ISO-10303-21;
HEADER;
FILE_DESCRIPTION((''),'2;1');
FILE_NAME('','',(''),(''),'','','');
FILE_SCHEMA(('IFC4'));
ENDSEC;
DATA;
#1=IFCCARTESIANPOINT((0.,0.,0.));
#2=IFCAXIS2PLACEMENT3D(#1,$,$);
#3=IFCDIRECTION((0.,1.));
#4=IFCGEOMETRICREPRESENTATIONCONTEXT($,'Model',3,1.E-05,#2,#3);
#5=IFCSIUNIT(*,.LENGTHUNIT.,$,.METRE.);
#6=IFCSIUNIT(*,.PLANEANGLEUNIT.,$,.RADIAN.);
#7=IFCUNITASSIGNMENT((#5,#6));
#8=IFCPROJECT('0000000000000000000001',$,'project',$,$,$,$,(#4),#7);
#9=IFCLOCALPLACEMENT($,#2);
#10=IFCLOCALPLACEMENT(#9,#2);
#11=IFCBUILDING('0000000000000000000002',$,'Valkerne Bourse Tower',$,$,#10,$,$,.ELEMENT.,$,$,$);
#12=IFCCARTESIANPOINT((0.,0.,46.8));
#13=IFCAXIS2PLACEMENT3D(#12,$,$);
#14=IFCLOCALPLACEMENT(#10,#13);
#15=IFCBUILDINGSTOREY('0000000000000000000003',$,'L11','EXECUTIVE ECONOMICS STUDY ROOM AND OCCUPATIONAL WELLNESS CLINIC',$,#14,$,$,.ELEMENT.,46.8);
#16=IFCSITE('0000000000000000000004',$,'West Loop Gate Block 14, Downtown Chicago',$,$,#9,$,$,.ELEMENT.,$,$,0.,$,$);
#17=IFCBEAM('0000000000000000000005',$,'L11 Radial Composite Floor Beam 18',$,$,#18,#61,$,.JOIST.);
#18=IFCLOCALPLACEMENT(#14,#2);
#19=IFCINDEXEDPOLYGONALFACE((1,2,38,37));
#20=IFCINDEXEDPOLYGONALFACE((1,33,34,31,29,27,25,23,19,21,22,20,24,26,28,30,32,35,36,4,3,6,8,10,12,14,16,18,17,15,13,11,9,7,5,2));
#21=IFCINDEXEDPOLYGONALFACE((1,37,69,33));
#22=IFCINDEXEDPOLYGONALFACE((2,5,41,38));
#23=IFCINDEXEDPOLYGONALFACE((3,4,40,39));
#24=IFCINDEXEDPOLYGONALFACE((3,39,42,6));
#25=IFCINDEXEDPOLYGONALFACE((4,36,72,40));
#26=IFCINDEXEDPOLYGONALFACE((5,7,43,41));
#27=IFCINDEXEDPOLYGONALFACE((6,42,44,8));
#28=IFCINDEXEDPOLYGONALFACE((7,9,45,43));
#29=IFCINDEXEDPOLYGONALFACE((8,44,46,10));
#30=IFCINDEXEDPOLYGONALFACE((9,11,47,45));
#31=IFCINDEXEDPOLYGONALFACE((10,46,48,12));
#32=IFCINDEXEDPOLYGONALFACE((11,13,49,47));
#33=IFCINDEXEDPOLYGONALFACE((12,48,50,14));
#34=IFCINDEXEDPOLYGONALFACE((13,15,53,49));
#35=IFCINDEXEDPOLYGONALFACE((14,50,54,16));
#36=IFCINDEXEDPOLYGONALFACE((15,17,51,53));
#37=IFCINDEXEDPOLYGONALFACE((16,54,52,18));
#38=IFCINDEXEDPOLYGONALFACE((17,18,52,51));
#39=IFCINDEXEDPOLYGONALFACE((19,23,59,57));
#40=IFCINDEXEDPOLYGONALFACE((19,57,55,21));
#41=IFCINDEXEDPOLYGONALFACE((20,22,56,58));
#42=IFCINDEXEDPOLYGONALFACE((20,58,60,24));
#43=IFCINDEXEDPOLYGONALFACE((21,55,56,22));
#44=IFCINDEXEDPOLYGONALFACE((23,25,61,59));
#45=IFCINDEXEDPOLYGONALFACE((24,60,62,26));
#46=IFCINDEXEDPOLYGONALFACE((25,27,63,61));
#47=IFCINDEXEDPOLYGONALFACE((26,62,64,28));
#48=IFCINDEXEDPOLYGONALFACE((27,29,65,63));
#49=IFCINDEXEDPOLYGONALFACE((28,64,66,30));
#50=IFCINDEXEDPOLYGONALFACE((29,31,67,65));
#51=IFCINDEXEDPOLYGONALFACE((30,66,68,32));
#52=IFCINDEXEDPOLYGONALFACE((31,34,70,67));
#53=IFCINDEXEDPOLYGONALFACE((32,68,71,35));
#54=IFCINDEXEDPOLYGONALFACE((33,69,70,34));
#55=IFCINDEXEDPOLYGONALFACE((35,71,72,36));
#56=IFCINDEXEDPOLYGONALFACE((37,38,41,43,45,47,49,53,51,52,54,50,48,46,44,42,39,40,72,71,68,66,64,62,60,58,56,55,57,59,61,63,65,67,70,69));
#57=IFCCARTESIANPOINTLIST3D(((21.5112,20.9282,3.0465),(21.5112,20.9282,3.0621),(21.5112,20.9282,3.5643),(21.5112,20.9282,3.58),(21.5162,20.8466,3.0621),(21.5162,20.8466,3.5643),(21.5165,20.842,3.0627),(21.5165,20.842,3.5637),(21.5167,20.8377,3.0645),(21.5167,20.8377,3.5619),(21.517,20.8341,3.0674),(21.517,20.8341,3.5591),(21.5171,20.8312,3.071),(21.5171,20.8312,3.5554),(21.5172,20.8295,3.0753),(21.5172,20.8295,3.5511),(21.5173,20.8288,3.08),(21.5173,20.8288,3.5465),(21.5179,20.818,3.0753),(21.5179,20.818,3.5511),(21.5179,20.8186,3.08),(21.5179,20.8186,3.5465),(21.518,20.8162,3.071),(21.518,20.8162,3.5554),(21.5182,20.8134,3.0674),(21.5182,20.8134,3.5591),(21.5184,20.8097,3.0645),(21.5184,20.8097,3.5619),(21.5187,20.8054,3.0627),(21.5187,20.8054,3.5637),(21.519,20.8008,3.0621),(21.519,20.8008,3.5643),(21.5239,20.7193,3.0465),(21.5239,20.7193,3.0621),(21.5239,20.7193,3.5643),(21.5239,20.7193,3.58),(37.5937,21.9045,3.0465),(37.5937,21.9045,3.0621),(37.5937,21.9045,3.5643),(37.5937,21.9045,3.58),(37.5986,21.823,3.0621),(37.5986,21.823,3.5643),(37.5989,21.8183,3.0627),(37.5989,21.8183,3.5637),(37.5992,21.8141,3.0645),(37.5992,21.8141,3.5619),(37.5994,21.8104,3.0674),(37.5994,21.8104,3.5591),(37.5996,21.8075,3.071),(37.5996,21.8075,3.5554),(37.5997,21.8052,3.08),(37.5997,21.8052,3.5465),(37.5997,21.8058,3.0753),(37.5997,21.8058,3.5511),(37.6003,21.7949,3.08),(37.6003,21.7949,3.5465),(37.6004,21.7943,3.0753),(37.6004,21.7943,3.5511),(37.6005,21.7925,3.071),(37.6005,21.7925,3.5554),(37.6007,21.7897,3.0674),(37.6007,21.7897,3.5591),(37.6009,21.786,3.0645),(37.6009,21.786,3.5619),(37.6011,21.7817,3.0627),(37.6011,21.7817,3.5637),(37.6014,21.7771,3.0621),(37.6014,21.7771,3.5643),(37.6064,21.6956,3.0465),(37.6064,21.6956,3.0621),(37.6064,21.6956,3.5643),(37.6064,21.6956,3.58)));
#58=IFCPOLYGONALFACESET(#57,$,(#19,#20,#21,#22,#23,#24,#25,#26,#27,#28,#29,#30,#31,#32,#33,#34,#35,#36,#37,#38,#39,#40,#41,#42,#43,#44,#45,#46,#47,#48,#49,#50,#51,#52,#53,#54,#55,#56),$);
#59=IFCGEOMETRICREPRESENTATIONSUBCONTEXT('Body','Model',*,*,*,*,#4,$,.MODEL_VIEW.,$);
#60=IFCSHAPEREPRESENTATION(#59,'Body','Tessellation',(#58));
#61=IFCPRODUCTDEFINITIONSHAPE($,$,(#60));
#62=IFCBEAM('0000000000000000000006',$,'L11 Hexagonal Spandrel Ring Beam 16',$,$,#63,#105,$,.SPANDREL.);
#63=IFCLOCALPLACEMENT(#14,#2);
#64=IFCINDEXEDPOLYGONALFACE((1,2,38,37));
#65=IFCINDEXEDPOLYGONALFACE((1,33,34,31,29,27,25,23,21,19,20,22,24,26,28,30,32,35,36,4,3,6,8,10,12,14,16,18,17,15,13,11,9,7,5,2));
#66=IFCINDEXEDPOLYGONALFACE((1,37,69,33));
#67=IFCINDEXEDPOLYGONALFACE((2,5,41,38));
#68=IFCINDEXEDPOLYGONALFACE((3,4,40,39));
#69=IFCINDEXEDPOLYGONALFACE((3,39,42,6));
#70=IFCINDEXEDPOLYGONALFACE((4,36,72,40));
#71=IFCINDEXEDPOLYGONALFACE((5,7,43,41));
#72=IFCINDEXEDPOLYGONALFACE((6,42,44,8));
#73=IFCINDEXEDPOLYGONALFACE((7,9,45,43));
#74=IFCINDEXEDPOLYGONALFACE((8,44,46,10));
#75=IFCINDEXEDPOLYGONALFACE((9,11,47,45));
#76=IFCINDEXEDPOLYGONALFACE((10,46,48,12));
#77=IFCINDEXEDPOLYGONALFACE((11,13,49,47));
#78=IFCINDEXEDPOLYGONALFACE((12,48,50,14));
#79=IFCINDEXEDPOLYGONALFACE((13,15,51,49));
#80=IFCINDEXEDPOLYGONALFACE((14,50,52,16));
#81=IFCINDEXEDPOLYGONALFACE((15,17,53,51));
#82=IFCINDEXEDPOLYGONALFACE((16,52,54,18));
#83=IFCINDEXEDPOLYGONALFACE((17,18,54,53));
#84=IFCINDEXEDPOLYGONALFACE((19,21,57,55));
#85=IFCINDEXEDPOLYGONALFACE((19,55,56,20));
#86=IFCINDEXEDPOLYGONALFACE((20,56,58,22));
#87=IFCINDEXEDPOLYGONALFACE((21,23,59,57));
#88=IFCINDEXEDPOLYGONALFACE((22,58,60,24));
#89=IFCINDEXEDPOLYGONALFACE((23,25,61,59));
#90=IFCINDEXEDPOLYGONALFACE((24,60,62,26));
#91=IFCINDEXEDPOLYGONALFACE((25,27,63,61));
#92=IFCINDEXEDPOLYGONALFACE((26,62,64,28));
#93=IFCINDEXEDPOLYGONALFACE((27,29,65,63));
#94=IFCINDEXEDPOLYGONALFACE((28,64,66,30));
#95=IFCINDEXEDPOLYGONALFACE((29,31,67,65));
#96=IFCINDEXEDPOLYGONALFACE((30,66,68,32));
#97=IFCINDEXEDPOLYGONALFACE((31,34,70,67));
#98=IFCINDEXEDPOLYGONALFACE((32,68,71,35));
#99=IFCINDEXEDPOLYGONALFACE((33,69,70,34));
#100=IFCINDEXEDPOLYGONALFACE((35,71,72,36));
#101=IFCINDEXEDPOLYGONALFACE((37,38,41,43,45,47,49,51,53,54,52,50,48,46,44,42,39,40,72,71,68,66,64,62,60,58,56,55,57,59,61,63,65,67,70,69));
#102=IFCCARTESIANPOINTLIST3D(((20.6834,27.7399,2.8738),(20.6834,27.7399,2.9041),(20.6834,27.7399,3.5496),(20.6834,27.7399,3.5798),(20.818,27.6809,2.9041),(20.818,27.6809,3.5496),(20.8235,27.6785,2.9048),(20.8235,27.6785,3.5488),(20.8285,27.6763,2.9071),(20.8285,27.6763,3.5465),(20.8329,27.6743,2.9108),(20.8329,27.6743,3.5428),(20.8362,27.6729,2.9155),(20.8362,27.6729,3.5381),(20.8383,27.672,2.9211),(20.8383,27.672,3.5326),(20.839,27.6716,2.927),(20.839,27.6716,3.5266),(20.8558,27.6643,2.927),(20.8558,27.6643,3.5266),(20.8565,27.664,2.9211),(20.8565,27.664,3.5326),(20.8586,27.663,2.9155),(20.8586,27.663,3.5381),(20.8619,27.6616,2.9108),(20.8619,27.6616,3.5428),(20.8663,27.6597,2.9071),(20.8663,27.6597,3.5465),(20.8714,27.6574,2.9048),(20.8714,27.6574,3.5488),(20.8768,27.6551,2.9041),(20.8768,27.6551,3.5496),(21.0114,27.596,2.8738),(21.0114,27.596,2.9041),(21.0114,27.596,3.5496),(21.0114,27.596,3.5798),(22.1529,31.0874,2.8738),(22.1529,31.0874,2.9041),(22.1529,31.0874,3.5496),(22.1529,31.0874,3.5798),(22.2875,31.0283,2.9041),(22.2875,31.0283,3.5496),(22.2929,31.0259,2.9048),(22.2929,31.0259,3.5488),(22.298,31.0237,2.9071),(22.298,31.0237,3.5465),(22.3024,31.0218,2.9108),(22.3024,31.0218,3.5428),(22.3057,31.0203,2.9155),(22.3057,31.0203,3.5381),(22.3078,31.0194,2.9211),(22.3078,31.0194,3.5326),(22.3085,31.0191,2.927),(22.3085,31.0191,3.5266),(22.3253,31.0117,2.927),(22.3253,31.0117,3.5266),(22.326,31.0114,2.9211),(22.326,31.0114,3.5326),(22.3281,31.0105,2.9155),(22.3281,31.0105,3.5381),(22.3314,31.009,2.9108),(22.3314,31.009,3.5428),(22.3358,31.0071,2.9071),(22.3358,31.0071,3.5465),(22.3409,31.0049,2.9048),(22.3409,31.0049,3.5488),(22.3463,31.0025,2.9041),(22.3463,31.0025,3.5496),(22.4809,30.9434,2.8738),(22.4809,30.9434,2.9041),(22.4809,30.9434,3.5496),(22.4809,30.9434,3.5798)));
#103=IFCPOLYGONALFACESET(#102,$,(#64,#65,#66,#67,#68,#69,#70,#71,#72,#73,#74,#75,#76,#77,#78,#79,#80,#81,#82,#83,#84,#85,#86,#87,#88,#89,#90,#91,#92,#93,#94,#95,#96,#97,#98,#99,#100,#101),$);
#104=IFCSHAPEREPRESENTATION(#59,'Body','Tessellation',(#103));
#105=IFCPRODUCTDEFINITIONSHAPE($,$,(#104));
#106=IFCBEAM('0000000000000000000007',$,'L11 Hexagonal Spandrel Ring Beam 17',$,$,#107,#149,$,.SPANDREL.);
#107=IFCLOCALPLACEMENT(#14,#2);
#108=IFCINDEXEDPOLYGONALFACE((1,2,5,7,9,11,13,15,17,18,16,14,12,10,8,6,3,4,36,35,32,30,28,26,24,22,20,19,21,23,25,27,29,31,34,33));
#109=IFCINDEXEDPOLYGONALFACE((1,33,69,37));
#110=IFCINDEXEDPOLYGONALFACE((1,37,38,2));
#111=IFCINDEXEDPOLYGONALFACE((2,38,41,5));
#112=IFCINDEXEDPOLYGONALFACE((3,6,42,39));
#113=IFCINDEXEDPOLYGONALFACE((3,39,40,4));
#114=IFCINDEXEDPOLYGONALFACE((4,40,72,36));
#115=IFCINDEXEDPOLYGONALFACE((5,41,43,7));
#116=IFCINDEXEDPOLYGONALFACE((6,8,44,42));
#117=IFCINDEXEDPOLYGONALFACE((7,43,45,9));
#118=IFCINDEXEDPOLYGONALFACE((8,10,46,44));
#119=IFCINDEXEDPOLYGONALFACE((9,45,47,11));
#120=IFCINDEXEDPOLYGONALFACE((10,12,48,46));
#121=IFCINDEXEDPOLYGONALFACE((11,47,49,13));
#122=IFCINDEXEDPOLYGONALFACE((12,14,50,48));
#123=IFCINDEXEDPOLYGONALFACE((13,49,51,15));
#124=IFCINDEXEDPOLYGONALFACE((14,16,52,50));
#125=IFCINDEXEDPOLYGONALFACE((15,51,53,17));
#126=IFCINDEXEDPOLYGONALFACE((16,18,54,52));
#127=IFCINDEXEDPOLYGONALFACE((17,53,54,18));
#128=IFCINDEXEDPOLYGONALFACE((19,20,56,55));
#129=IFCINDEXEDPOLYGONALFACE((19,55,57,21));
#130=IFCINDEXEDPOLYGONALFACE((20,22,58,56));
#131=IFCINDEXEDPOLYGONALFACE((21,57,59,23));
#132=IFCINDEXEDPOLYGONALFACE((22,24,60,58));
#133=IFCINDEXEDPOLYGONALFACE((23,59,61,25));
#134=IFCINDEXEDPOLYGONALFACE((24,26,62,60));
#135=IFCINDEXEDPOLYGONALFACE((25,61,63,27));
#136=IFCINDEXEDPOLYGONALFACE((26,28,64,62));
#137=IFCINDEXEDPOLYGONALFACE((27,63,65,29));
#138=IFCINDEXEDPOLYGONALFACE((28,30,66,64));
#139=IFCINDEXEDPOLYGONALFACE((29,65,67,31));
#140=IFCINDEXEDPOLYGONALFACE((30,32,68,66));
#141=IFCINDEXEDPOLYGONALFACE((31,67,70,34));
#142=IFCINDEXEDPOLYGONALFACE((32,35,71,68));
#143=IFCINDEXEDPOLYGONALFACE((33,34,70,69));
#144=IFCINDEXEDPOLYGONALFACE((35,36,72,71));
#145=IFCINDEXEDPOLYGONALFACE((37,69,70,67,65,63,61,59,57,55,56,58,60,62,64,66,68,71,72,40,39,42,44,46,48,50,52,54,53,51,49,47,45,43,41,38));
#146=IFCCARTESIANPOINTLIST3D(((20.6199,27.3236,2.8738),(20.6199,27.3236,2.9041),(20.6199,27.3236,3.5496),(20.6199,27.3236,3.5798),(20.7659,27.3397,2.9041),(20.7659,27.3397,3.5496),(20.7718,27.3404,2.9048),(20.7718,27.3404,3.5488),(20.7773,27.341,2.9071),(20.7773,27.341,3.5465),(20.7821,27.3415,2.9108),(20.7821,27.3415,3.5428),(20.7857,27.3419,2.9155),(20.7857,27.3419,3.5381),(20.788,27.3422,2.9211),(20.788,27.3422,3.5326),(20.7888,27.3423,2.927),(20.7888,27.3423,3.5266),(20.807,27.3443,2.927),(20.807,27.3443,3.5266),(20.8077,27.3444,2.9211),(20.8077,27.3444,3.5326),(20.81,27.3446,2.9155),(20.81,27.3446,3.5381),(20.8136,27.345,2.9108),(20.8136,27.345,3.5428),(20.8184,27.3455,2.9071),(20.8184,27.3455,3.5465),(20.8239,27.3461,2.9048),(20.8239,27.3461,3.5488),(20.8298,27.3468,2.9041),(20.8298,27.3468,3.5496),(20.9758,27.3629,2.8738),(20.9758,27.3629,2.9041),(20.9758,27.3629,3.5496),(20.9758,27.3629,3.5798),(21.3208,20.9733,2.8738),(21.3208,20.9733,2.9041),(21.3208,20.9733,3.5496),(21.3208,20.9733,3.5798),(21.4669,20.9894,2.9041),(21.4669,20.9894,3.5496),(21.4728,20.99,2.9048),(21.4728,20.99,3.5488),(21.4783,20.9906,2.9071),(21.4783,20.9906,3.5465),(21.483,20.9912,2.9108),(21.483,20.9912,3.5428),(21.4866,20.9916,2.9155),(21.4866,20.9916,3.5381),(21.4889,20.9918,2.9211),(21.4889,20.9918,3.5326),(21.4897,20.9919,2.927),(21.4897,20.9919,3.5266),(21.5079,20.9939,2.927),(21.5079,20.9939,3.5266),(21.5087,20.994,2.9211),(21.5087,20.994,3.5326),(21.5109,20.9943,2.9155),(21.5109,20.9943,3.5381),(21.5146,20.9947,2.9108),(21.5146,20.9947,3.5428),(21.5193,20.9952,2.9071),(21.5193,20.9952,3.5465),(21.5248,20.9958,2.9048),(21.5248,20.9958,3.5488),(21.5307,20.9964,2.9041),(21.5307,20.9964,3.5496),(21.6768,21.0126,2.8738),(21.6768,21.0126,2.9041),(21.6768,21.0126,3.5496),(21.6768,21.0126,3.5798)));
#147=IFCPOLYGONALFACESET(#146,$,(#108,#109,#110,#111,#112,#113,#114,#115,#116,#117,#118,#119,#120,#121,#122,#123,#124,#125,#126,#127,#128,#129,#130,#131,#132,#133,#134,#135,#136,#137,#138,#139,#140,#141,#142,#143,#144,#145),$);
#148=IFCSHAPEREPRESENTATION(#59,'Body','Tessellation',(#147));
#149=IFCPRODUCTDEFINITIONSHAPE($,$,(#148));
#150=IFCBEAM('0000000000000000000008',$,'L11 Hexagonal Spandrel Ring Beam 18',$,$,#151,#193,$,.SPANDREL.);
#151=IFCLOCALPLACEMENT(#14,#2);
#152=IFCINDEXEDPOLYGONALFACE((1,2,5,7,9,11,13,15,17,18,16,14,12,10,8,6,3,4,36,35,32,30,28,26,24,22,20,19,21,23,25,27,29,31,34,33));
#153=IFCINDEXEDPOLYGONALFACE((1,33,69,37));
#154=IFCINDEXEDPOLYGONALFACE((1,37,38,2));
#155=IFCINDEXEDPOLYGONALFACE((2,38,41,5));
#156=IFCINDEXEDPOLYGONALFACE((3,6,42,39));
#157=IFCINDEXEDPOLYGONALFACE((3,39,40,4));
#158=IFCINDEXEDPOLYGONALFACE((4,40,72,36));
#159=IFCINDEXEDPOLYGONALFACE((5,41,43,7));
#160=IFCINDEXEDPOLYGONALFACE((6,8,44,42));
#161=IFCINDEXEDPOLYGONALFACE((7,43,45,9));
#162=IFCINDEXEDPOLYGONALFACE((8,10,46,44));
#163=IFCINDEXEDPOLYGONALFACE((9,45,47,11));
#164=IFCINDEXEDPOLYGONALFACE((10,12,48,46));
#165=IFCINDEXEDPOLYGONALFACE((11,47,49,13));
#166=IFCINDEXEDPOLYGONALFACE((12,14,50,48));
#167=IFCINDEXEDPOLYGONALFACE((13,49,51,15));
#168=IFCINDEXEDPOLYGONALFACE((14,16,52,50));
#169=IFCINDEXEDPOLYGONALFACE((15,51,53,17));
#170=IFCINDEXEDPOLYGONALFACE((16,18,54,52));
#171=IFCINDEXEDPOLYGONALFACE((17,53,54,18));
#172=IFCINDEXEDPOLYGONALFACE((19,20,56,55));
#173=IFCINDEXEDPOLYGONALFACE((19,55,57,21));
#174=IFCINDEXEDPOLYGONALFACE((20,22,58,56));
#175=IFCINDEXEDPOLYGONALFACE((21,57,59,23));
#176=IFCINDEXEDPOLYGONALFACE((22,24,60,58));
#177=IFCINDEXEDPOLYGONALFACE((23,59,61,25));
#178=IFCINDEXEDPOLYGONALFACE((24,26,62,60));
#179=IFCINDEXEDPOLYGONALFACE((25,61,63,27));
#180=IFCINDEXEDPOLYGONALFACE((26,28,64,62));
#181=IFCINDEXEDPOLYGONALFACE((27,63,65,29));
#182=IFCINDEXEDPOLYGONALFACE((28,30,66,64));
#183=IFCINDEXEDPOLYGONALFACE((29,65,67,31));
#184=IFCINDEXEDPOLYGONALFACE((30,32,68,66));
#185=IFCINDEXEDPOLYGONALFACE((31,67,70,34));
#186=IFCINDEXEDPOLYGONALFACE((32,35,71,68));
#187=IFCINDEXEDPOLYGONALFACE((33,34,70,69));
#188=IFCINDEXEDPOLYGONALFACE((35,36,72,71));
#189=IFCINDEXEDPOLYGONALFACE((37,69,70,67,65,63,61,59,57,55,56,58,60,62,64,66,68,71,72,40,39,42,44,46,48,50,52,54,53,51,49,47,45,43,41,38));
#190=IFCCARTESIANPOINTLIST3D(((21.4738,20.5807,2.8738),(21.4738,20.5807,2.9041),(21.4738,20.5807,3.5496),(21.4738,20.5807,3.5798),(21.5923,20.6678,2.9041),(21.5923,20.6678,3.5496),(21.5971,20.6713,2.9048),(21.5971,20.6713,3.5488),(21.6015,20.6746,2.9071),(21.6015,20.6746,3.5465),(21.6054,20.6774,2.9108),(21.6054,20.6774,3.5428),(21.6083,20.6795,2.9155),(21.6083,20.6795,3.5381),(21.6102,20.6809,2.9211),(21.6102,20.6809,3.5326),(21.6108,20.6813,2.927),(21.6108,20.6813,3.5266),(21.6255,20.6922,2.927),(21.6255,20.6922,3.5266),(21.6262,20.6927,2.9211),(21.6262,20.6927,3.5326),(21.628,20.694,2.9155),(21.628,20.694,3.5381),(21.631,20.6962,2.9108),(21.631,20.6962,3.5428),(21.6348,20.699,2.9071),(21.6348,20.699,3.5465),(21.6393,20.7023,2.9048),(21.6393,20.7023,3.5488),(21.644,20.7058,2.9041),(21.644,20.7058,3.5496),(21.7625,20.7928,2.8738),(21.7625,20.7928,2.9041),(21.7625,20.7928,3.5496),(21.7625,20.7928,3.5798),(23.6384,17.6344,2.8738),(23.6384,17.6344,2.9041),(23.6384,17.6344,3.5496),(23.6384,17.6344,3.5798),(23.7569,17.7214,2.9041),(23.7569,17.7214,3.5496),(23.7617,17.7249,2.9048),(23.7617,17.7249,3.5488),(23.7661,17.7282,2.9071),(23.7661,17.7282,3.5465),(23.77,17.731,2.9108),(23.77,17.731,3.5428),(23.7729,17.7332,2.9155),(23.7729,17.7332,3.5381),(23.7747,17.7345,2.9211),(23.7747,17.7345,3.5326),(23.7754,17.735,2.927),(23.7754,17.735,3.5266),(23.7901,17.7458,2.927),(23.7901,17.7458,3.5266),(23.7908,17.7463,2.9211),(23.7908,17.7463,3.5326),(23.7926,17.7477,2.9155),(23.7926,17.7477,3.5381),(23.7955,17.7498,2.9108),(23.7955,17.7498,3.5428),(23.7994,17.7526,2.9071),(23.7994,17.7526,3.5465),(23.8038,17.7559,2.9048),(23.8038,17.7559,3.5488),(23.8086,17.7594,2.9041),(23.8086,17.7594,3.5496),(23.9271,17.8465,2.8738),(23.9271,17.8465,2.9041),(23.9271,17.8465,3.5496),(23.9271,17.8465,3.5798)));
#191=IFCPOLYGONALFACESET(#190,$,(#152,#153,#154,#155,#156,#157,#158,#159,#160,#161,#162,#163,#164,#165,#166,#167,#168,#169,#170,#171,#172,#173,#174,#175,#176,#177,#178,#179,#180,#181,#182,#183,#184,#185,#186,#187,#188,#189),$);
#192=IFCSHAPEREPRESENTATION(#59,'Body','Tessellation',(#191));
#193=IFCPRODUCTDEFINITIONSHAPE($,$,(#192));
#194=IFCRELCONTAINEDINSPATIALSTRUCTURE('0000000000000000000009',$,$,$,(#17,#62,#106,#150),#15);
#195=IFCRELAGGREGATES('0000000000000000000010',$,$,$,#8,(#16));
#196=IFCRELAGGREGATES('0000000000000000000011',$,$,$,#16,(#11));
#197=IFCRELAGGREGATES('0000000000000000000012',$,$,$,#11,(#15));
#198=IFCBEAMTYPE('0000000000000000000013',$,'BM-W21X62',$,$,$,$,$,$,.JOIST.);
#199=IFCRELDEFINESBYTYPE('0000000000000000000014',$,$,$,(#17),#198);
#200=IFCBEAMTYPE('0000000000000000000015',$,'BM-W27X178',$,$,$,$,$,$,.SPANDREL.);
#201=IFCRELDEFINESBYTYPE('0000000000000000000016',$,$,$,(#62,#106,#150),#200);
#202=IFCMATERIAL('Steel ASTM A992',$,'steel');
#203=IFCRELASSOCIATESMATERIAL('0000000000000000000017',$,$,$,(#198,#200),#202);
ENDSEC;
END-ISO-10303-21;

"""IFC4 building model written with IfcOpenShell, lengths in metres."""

from ifc_helpers import new_model, si_unit, direction, frame, origin, origin_2d, place, context, subcontext, project, spatial, i_section, extrude, material, material_profile, profile_set, type_object, element, save


model = new_model("IFC4")

# Units and contexts
model_context = context("Model", 3, precision=1e-05, world=origin(), true_north=direction((0.0, 1.0)))
body_context = subcontext(model_context, "Body", "Model", "MODEL_VIEW")
ifc_project = project(units=[si_unit("LENGTHUNIT", "METRE"), si_unit("PLANEANGLEUNIT", "RADIAN")], contexts=[model_context])

# Site, building, storey
site_placement = place(None, origin())
site = spatial("IfcSite", under=ifc_project, at=site_placement, Name="West Loop Gate Block 14, Downtown Chicago", CompositionType="ELEMENT", RefElevation=0.0)
building_placement = place(site_placement, origin())
building = spatial("IfcBuilding", under=site, at=building_placement, Name="Valkerne Bourse Tower", CompositionType="ELEMENT")
storey_placement = place(building_placement, frame((0.0, 0.0, 46.8)))
storey = spatial("IfcBuildingStorey", under=building, at=storey_placement, Name="L11", Description="EXECUTIVE ECONOMICS STUDY ROOM AND OCCUPATIONAL WELLNESS CLINIC", CompositionType="ELEMENT", Elevation=46.8)

# Beams
ifc_material_1 = material(Name="Steel ASTM A992", Category="steel")
ifc_material_profile_1 = material_profile(ifc_material_1, i_section(OverallWidth=0.2092, OverallDepth=0.5334, WebThickness=0.0103, FlangeThickness=0.0156, FilletRadius=0.0178, at=origin_2d()), Name="W21X62")
ifc_profile_set_1 = profile_set([ifc_material_profile_1], Name="Steel ASTM A992")
beam_type_1 = type_object("IfcBeamType", Name="BM-W21X62", PredefinedType="JOIST", material=ifc_profile_set_1)
beam_1_placement = place(storey_placement, frame((21.5176, 20.8237, 3.3132), z_axis=(0.998162, 0.060595, 0.0), x_axis=(-0.060595, 0.998162, 0.0)))
element("IfcBeam", 1, at=beam_1_placement, inside=storey, type_object=beam_type_1, Name="L11 Radial Composite Floor Beam 18", PredefinedType="JOIST", context=body_context, shape_type="SweptSolid", body=[
    extrude(i_section(OverallWidth=0.2092, OverallDepth=0.5334, WebThickness=0.0103, FlangeThickness=0.0156, FilletRadius=0.0178, at=origin_2d()), origin(), (0.0, 0.0, 1.0), 16.1121),
])
ifc_material_profile_2 = material_profile(ifc_material_1, i_section(OverallWidth=0.3582, OverallDepth=0.7061, WebThickness=0.0183, FlangeThickness=0.0303, FilletRadius=0.0229, at=origin_2d()), Name="W27X178")
ifc_profile_set_2 = profile_set([ifc_material_profile_2], Name="Steel ASTM A992")
beam_type_2 = type_object("IfcBeamType", Name="BM-W27X178", PredefinedType="SPANDREL", material=ifc_profile_set_2)
beam_2_placement = place(storey_placement, frame((22.3169, 31.0154, 3.2268), z_axis=(-0.401964, -0.915655, 0.0), x_axis=(0.915655, -0.401964, 0.0)))
element("IfcBeam", 2, at=beam_2_placement, inside=storey, type_object=beam_type_2, Name="L11 Hexagonal Spandrel Ring Beam 16", PredefinedType="SPANDREL", context=body_context, shape_type="SweptSolid", body=[
    extrude(i_section(OverallWidth=0.3582, OverallDepth=0.7061, WebThickness=0.0183, FlangeThickness=0.0303, FilletRadius=0.0229, at=origin_2d()), origin(), (0.0, 0.0, 1.0), 3.6558),
])
beam_3_placement = place(storey_placement, frame((20.7979, 27.3433, 3.2268), z_axis=(0.10971, -0.993964, 0.0), x_axis=(0.993964, 0.10971, 0.0)))
element("IfcBeam", 3, at=beam_3_placement, inside=storey, type_object=beam_type_2, Name="L11 Hexagonal Spandrel Ring Beam 17", PredefinedType="SPANDREL", context=body_context, shape_type="SweptSolid", body=[
    extrude(i_section(OverallWidth=0.3582, OverallDepth=0.7061, WebThickness=0.0183, FlangeThickness=0.0303, FilletRadius=0.0229, at=origin_2d()), origin(), (0.0, 0.0, 1.0), 6.3889),
])
beam_4_placement = place(storey_placement, frame((21.6182, 20.6868, 3.2268), z_axis=(0.592064, -0.805891, 0.0), x_axis=(0.805891, 0.592064, 0.0)))
element("IfcBeam", 4, at=beam_4_placement, inside=storey, type_object=beam_type_2, Name="L11 Hexagonal Spandrel Ring Beam 18", PredefinedType="SPANDREL", context=body_context, shape_type="SweptSolid", body=[
    extrude(i_section(OverallWidth=0.3582, OverallDepth=0.7061, WebThickness=0.0183, FlangeThickness=0.0303, FilletRadius=0.0229, at=origin_2d()), origin(), (0.0, 0.0, 1.0), 3.656),
])

save(model, "model.ifc")
